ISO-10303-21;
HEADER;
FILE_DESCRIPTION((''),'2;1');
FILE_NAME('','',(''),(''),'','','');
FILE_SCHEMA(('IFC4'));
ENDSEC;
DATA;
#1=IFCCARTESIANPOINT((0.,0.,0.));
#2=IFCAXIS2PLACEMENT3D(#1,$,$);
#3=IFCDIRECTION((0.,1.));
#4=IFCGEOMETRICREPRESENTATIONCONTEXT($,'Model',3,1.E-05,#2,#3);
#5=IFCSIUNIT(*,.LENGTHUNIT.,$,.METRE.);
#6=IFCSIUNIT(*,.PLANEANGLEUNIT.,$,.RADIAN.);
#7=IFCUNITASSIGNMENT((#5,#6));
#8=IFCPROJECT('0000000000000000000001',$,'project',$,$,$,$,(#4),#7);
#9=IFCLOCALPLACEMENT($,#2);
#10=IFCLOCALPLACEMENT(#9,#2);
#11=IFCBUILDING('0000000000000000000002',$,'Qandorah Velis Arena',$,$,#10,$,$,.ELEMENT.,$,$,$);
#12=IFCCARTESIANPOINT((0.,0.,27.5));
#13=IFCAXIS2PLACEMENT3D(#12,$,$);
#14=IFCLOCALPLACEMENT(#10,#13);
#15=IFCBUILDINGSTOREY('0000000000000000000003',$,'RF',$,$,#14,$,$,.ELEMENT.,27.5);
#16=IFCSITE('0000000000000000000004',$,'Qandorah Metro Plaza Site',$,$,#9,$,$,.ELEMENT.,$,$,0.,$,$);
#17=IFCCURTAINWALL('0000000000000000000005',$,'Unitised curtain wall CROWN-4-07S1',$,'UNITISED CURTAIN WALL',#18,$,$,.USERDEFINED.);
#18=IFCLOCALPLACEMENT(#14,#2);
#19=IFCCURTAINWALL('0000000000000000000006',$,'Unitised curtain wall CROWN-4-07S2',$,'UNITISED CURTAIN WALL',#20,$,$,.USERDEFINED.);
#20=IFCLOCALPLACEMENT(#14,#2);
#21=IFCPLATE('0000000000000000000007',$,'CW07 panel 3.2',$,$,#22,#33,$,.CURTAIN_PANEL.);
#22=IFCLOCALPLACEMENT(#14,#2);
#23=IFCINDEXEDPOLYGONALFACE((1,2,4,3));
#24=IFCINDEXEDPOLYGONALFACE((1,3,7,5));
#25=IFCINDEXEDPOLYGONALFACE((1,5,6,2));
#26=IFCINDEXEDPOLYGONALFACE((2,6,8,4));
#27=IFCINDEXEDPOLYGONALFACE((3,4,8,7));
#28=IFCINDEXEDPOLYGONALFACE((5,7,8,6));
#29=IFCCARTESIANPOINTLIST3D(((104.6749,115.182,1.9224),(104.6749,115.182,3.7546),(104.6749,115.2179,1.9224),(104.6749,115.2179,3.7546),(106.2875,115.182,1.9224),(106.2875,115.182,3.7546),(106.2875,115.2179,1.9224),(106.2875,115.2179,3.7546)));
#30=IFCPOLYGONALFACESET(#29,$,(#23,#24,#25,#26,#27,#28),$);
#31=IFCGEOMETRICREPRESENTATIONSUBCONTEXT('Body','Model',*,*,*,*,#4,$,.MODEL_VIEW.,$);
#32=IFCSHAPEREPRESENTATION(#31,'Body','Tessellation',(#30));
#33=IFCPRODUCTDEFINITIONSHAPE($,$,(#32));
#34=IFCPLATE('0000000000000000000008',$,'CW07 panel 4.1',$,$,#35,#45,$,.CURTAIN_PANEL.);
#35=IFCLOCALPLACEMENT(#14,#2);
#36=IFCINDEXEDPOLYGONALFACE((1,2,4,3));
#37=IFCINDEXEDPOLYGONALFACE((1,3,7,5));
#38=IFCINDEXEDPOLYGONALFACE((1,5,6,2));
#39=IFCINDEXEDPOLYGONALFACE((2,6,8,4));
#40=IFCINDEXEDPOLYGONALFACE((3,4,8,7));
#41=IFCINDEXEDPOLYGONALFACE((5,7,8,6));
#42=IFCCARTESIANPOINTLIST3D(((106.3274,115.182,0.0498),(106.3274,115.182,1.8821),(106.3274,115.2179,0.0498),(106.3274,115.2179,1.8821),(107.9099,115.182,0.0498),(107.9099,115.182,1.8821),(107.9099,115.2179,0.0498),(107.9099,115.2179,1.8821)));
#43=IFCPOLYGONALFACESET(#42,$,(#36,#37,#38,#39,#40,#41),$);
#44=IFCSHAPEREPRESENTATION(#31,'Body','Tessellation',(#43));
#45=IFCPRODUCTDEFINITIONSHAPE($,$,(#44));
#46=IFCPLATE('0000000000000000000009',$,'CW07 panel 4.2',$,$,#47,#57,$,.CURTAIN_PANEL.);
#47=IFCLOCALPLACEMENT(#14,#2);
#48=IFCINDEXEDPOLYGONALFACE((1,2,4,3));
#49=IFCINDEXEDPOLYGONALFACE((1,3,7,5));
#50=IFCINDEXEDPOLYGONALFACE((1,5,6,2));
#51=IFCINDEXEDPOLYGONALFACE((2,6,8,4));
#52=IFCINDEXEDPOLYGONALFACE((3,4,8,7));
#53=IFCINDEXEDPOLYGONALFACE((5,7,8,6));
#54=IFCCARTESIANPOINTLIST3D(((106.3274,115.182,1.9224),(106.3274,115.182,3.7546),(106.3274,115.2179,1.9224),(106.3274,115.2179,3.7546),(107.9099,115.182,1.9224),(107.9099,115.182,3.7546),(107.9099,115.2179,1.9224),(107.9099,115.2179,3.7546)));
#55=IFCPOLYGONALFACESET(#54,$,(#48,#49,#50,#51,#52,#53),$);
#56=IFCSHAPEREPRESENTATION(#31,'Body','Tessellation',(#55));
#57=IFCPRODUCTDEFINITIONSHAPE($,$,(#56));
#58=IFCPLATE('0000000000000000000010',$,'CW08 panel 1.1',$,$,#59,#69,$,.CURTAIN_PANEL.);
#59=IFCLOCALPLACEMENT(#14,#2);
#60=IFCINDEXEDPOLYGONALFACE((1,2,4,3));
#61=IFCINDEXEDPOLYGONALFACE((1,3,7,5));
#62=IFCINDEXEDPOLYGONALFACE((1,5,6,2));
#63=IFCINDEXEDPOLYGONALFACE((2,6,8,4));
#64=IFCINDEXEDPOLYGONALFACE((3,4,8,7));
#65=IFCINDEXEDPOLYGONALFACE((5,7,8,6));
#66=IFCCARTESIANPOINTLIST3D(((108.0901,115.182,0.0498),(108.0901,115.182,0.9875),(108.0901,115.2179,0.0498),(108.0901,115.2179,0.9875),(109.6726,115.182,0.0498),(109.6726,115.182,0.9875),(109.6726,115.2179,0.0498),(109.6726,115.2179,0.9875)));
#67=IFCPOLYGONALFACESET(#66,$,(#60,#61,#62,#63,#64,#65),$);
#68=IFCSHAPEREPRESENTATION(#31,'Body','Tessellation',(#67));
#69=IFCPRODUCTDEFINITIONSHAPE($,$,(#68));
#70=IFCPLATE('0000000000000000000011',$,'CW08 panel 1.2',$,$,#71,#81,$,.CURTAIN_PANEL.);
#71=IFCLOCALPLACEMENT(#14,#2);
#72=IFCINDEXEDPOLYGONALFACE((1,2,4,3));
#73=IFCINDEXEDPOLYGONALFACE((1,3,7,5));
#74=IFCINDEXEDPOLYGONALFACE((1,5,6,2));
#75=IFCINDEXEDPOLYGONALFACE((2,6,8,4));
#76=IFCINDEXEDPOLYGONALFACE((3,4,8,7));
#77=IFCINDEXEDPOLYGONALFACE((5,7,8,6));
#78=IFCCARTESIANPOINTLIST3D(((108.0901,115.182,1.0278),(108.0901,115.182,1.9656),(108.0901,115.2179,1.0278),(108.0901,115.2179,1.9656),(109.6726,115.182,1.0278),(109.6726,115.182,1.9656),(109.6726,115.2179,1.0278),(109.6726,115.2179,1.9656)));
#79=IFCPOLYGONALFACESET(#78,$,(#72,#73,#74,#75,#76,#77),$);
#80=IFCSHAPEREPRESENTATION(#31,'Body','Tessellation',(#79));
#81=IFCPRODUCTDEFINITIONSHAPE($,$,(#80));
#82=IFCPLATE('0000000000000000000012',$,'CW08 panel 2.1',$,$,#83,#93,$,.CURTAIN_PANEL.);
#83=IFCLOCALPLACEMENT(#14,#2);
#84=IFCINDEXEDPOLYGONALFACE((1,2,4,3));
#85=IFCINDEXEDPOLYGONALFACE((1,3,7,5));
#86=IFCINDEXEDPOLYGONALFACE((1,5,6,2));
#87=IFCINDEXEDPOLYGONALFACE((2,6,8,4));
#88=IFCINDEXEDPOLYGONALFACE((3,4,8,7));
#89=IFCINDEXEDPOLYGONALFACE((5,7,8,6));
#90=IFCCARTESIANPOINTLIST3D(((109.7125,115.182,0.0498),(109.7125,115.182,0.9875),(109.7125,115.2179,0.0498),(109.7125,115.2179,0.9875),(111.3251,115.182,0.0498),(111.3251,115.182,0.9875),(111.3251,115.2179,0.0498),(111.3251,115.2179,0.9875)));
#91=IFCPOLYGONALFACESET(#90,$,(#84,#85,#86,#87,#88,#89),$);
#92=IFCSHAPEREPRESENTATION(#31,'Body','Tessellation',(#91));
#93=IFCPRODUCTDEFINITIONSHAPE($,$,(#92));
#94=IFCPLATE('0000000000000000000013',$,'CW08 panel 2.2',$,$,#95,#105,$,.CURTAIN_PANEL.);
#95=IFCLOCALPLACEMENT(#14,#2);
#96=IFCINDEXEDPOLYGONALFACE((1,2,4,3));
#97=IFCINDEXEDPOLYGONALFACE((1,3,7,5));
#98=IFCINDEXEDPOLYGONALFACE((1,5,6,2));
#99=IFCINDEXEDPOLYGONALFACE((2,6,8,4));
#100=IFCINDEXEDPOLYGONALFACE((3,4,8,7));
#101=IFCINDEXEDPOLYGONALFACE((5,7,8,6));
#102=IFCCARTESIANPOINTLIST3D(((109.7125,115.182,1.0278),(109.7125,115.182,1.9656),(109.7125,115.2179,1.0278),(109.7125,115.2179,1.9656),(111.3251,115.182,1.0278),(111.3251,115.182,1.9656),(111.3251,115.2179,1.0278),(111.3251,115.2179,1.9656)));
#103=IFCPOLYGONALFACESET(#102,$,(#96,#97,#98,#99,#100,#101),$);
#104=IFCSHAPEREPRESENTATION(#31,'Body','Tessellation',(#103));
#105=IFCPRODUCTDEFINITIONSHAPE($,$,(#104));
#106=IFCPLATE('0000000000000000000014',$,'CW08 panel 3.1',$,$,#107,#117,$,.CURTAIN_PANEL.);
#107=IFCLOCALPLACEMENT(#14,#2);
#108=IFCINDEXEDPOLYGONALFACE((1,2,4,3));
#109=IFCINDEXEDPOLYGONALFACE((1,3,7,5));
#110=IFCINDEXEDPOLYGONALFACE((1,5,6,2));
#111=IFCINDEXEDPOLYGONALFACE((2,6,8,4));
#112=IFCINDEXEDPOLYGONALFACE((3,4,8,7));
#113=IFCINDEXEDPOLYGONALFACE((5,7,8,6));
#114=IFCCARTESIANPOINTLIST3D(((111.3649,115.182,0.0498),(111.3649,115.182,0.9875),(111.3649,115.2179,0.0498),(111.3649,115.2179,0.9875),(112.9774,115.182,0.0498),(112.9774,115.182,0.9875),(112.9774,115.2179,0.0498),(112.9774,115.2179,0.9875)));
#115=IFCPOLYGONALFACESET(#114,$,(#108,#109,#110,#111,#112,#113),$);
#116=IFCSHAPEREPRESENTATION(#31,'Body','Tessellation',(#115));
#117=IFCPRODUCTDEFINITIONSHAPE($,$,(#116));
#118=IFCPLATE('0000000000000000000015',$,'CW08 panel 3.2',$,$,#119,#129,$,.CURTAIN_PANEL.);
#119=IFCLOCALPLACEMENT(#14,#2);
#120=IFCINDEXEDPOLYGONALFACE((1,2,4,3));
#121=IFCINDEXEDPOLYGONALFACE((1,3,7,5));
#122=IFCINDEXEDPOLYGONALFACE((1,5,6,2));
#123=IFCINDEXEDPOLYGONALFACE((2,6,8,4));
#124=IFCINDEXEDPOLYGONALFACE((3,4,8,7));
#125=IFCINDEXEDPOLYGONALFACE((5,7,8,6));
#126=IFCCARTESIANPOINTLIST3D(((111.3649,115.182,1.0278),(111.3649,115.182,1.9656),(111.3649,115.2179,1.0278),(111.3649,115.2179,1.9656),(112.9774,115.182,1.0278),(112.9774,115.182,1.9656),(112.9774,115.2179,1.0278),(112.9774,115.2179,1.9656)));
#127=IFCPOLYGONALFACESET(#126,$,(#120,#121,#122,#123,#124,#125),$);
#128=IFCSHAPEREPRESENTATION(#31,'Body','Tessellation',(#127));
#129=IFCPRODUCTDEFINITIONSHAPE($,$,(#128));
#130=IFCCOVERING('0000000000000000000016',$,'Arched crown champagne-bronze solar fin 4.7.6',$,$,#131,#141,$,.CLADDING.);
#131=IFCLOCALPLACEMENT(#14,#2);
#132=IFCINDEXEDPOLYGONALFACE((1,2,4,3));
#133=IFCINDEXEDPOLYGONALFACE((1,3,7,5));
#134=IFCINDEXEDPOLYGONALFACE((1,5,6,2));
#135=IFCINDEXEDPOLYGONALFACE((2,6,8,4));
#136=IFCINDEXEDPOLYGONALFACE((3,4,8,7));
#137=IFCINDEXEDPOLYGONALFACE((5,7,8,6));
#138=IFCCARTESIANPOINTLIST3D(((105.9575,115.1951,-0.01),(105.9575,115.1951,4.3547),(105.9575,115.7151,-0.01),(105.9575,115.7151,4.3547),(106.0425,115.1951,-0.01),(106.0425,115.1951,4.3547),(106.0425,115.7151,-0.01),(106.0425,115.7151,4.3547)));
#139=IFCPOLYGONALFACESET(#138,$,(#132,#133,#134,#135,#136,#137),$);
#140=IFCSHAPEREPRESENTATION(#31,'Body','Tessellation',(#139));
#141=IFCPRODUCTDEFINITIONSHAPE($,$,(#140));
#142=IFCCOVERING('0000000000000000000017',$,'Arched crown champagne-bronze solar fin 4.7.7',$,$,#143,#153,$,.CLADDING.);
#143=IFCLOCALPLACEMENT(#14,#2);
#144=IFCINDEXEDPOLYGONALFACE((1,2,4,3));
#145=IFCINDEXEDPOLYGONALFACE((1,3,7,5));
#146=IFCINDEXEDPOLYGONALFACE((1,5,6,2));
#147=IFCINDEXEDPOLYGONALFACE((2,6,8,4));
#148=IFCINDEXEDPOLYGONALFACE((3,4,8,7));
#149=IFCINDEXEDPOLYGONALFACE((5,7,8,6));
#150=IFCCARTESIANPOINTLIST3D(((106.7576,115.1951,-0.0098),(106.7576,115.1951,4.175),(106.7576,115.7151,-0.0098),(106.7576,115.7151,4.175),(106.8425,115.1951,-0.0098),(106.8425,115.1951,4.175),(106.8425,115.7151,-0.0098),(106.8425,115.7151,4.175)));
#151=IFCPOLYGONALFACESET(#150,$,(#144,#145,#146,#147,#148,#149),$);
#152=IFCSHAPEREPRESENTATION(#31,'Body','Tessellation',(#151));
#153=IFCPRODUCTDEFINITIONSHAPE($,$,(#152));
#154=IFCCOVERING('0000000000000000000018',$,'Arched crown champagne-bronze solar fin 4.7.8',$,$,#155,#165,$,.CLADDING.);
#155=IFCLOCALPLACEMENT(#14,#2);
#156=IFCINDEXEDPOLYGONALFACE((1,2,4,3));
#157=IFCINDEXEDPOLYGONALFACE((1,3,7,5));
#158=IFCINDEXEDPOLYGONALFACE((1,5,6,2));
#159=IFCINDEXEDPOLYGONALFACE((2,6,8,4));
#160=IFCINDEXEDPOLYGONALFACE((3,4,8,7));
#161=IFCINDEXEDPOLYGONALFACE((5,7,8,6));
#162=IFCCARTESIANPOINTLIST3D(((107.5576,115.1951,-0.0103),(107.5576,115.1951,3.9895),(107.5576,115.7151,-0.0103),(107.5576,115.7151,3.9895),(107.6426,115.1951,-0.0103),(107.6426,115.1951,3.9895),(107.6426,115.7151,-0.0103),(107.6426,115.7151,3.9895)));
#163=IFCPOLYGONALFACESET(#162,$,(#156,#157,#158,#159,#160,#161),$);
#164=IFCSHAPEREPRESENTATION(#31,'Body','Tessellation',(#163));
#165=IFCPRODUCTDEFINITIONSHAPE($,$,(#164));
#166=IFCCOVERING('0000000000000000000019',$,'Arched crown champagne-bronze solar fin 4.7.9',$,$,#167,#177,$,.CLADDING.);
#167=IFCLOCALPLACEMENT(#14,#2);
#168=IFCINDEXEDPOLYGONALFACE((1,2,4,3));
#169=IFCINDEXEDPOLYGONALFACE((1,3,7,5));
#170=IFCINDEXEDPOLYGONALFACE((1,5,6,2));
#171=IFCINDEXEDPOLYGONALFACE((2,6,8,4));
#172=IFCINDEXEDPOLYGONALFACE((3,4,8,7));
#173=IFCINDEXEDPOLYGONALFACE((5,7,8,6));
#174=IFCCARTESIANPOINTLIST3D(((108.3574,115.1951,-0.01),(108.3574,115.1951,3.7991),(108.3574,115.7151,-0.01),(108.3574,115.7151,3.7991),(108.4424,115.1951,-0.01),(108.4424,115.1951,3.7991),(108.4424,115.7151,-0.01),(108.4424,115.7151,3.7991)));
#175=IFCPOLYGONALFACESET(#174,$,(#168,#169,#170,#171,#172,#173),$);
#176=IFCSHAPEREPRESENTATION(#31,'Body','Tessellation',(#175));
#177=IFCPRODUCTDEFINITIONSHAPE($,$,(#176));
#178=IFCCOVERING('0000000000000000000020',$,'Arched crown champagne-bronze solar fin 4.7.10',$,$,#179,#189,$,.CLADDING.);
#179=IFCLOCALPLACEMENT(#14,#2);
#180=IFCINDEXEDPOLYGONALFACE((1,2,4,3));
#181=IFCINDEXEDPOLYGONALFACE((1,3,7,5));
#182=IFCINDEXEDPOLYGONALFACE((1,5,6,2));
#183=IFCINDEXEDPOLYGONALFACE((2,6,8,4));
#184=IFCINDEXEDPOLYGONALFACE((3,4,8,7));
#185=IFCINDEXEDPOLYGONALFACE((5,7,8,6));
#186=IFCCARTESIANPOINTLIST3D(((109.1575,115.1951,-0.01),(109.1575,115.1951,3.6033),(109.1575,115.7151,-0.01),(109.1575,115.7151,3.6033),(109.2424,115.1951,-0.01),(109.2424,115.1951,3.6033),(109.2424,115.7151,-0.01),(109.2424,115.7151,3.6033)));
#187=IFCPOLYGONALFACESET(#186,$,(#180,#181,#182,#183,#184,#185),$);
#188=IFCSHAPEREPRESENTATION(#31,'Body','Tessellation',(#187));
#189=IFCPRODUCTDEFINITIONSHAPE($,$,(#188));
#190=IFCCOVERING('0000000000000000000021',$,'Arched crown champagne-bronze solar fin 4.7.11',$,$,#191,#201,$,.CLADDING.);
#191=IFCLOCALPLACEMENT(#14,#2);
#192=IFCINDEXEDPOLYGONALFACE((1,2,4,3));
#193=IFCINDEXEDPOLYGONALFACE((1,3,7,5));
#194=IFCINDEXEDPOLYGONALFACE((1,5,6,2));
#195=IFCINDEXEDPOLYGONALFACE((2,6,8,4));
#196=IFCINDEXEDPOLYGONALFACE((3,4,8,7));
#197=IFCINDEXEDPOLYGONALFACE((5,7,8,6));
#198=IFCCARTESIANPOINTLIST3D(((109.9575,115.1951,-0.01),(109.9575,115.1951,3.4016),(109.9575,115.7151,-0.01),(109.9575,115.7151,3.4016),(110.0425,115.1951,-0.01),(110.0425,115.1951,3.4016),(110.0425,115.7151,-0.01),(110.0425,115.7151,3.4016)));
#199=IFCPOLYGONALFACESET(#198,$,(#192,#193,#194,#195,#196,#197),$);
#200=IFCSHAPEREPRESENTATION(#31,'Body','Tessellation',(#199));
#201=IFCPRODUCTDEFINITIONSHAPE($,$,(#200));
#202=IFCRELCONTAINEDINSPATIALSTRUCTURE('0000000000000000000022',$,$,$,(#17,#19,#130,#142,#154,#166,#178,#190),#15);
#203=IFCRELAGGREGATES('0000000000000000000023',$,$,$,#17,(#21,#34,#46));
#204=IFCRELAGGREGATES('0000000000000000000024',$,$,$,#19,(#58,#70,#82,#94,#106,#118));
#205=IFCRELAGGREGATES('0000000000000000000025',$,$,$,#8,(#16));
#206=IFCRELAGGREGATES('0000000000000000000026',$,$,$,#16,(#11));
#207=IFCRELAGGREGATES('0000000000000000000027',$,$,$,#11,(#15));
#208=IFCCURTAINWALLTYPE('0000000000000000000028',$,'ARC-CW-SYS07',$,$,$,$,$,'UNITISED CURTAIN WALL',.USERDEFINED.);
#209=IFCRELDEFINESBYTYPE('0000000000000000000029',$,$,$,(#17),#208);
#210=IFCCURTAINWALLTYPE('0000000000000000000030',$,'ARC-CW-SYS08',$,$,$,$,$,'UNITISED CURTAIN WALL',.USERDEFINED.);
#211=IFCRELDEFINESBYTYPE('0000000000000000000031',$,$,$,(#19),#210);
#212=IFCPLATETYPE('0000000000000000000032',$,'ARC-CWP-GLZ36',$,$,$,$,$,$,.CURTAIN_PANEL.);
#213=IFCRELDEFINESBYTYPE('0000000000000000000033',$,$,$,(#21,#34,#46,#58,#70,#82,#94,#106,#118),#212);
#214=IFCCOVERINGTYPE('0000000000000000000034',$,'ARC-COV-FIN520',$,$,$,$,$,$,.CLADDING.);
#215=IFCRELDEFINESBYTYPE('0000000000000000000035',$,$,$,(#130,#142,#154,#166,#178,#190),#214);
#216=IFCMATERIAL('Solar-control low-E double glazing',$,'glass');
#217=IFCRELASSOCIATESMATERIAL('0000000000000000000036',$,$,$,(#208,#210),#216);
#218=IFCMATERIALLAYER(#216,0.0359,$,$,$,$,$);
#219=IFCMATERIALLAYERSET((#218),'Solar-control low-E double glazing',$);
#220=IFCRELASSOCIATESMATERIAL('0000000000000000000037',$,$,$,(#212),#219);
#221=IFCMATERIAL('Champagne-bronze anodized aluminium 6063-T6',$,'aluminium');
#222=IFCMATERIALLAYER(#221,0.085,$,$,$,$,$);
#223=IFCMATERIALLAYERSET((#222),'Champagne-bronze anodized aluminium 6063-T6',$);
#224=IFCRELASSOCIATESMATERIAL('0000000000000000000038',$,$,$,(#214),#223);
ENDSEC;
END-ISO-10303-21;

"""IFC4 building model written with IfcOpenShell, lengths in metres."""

from ifc_helpers import new_model, si_unit, direction, frame, origin, origin_2d, place, context, subcontext, project, spatial, rectangle, extrude, material, layer, layer_set, type_object, element, aggregate, save


model = new_model("IFC4")

# Units and contexts
model_context = context("Model", 3, precision=1e-05, world=origin(), true_north=direction((0.0, 1.0)))
body_context = subcontext(model_context, "Body", "Model", "MODEL_VIEW")
ifc_project = project(units=[si_unit("LENGTHUNIT", "METRE"), si_unit("PLANEANGLEUNIT", "RADIAN")], contexts=[model_context])

# Site, building, storey
site_placement = place(None, origin())
site = spatial("IfcSite", under=ifc_project, at=site_placement, Name="Qandorah Metro Plaza Site", CompositionType="ELEMENT", RefElevation=0.0)
building_placement = place(site_placement, origin())
building = spatial("IfcBuilding", under=site, at=building_placement, Name="Qandorah Velis Arena", CompositionType="ELEMENT")
storey_placement = place(building_placement, frame((0.0, 0.0, 27.5)))
storey = spatial("IfcBuildingStorey", under=building, at=storey_placement, Name="RF", CompositionType="ELEMENT", Elevation=27.5)

# Curtain walls
ifc_material_1 = material(Name="Solar-control low-E double glazing", Category="glass")
curtain_wall_type_1 = type_object("IfcCurtainWallType", Name="ARC-CW-SYS07", ElementType="UNITISED CURTAIN WALL", PredefinedType="USERDEFINED", material=ifc_material_1)
curtain_wall_1_placement = place(storey_placement, origin())
curtain_wall_1 = element("IfcCurtainWall", 1, at=curtain_wall_1_placement, inside=storey, type_object=curtain_wall_type_1, Name="Unitised curtain wall CROWN-4-07S1", ObjectType="UNITISED CURTAIN WALL", PredefinedType="USERDEFINED")
ifc_material_2 = material(Name="Champagne-bronze anodized aluminium 6063-T6", Category="aluminium")
curtain_wall_type_2 = type_object("IfcCurtainWallType", Name="ARC-CW-SYS08", ElementType="UNITISED CURTAIN WALL", PredefinedType="USERDEFINED", material=ifc_material_1)
curtain_wall_2_placement = place(storey_placement, origin())
curtain_wall_2 = element("IfcCurtainWall", 2, at=curtain_wall_2_placement, inside=storey, type_object=curtain_wall_type_2, Name="Unitised curtain wall CROWN-4-07S2", ObjectType="UNITISED CURTAIN WALL", PredefinedType="USERDEFINED")

# Plates
ifc_layer_1 = layer(ifc_material_1, 0.0359)
ifc_layer_set_1 = layer_set([ifc_layer_1], Name="Solar-control low-E double glazing")
plate_type = type_object("IfcPlateType", Name="ARC-CWP-GLZ36", PredefinedType="CURTAIN_PANEL", material=ifc_layer_set_1)
plate_1_placement = place(storey_placement, frame((105.4812, 115.2, 1.9224), z_axis=(0.0, 0.0, 1.0), x_axis=(1.0, 0.0, 0.0)))
plate_1 = element("IfcPlate", 3, at=plate_1_placement, type_object=plate_type, Name="CW07 panel 3.2", PredefinedType="CURTAIN_PANEL", context=body_context, shape_type="SweptSolid", body=[
    extrude(rectangle(XDim=1.6125, YDim=0.0359, at=origin_2d()), origin(), (0.0, 0.0, 1.0), 1.8323),
])
plate_2_placement = place(storey_placement, frame((107.1187, 115.2, 0.0498), z_axis=(0.0, 0.0, 1.0), x_axis=(1.0, 0.0, 0.0)))
plate_2 = element("IfcPlate", 4, at=plate_2_placement, type_object=plate_type, Name="CW07 panel 4.1", PredefinedType="CURTAIN_PANEL", context=body_context, shape_type="SweptSolid", body=[
    extrude(rectangle(XDim=1.5825, YDim=0.0359, at=origin_2d()), origin(), (0.0, 0.0, 1.0), 1.8323),
])
plate_3_placement = place(storey_placement, frame((107.1187, 115.2, 1.9224), z_axis=(0.0, 0.0, 1.0), x_axis=(1.0, 0.0, 0.0)))
plate_3 = element("IfcPlate", 5, at=plate_3_placement, type_object=plate_type, Name="CW07 panel 4.2", PredefinedType="CURTAIN_PANEL", context=body_context, shape_type="SweptSolid", body=[
    extrude(rectangle(XDim=1.5825, YDim=0.0359, at=origin_2d()), origin(), (0.0, 0.0, 1.0), 1.8323),
])
aggregate(curtain_wall_1, [plate_1, plate_2, plate_3])
plate_4_placement = place(storey_placement, frame((108.8813, 115.2, 0.0498), z_axis=(0.0, 0.0, 1.0), x_axis=(1.0, 0.0, 0.0)))
plate_4 = element("IfcPlate", 6, at=plate_4_placement, type_object=plate_type, Name="CW08 panel 1.1", PredefinedType="CURTAIN_PANEL", context=body_context, shape_type="SweptSolid", body=[
    extrude(rectangle(XDim=1.5825, YDim=0.0359, at=origin_2d()), origin(), (0.0, 0.0, 1.0), 0.9377),
])
plate_5_placement = place(storey_placement, frame((108.8813, 115.2, 1.0278), z_axis=(0.0, 0.0, 1.0), x_axis=(1.0, 0.0, 0.0)))
plate_5 = element("IfcPlate", 7, at=plate_5_placement, type_object=plate_type, Name="CW08 panel 1.2", PredefinedType="CURTAIN_PANEL", context=body_context, shape_type="SweptSolid", body=[
    extrude(rectangle(XDim=1.5825, YDim=0.0359, at=origin_2d()), origin(), (0.0, 0.0, 1.0), 0.9377),
])
plate_6_placement = place(storey_placement, frame((110.5188, 115.2, 0.0498), z_axis=(0.0, 0.0, 1.0), x_axis=(1.0, 0.0, 0.0)))
plate_6 = element("IfcPlate", 8, at=plate_6_placement, type_object=plate_type, Name="CW08 panel 2.1", PredefinedType="CURTAIN_PANEL", context=body_context, shape_type="SweptSolid", body=[
    extrude(rectangle(XDim=1.6125, YDim=0.0359, at=origin_2d()), origin(), (0.0, 0.0, 1.0), 0.9377),
])
plate_7_placement = place(storey_placement, frame((110.5188, 115.2, 1.0278), z_axis=(0.0, 0.0, 1.0), x_axis=(1.0, 0.0, 0.0)))
plate_7 = element("IfcPlate", 9, at=plate_7_placement, type_object=plate_type, Name="CW08 panel 2.2", PredefinedType="CURTAIN_PANEL", context=body_context, shape_type="SweptSolid", body=[
    extrude(rectangle(XDim=1.6125, YDim=0.0359, at=origin_2d()), origin(), (0.0, 0.0, 1.0), 0.9377),
])
plate_8_placement = place(storey_placement, frame((112.1711, 115.2, 0.0498), z_axis=(0.0, 0.0, 1.0), x_axis=(1.0, 0.0, 0.0)))
plate_8 = element("IfcPlate", 10, at=plate_8_placement, type_object=plate_type, Name="CW08 panel 3.1", PredefinedType="CURTAIN_PANEL", context=body_context, shape_type="SweptSolid", body=[
    extrude(rectangle(XDim=1.6125, YDim=0.0359, at=origin_2d()), origin(), (0.0, 0.0, 1.0), 0.9377),
])
plate_9_placement = place(storey_placement, frame((112.1711, 115.2, 1.0278), z_axis=(0.0, 0.0, 1.0), x_axis=(1.0, 0.0, 0.0)))
plate_9 = element("IfcPlate", 11, at=plate_9_placement, type_object=plate_type, Name="CW08 panel 3.2", PredefinedType="CURTAIN_PANEL", context=body_context, shape_type="SweptSolid", body=[
    extrude(rectangle(XDim=1.6125, YDim=0.0359, at=origin_2d()), origin(), (0.0, 0.0, 1.0), 0.9377),
])
aggregate(curtain_wall_2, [plate_4, plate_5, plate_6, plate_7, plate_8, plate_9])

# Coverings
ifc_layer_2 = layer(ifc_material_2, 0.085)
ifc_layer_set_2 = layer_set([ifc_layer_2], Name="Champagne-bronze anodized aluminium 6063-T6")
covering_type = type_object("IfcCoveringType", Name="ARC-COV-FIN520", PredefinedType="CLADDING", material=ifc_layer_set_2)
covering_1_placement = place(storey_placement, frame((106.0, 115.4551, -0.01), z_axis=(0.0, 0.0, 1.0), x_axis=(1.0, 0.0, 0.0)))
element("IfcCovering", 12, at=covering_1_placement, inside=storey, type_object=covering_type, Name="Arched crown champagne-bronze solar fin 4.7.6", PredefinedType="CLADDING", context=body_context, shape_type="SweptSolid", body=[
    extrude(rectangle(XDim=0.085, YDim=0.52, at=origin_2d()), origin(), (0.0, 0.0, 1.0), 4.3647),
])
covering_2_placement = place(storey_placement, frame((106.8, 115.4551, -0.0098), z_axis=(0.0, 0.0, 1.0), x_axis=(1.0, 0.0, 0.0)))
element("IfcCovering", 13, at=covering_2_placement, inside=storey, type_object=covering_type, Name="Arched crown champagne-bronze solar fin 4.7.7", PredefinedType="CLADDING", context=body_context, shape_type="SweptSolid", body=[
    extrude(rectangle(XDim=0.085, YDim=0.52, at=origin_2d()), origin(), (0.0, 0.0, 1.0), 4.1848),
])
covering_3_placement = place(storey_placement, frame((107.6001, 115.4551, -0.0103), z_axis=(0.0, 0.0, 1.0), x_axis=(1.0, 0.0, 0.0)))
element("IfcCovering", 14, at=covering_3_placement, inside=storey, type_object=covering_type, Name="Arched crown champagne-bronze solar fin 4.7.8", PredefinedType="CLADDING", context=body_context, shape_type="SweptSolid", body=[
    extrude(rectangle(XDim=0.085, YDim=0.52, at=origin_2d()), origin(), (0.0, 0.0, 1.0), 3.9998),
])
covering_4_placement = place(storey_placement, frame((108.3999, 115.4551, -0.01), z_axis=(0.0, 0.0, 1.0), x_axis=(1.0, 0.0, 0.0)))
element("IfcCovering", 15, at=covering_4_placement, inside=storey, type_object=covering_type, Name="Arched crown champagne-bronze solar fin 4.7.9", PredefinedType="CLADDING", context=body_context, shape_type="SweptSolid", body=[
    extrude(rectangle(XDim=0.085, YDim=0.52, at=origin_2d()), origin(), (0.0, 0.0, 1.0), 3.8091),
])
covering_5_placement = place(storey_placement, frame((109.2, 115.4551, -0.01), z_axis=(0.0, 0.0, 1.0), x_axis=(1.0, 0.0, 0.0)))
element("IfcCovering", 16, at=covering_5_placement, inside=storey, type_object=covering_type, Name="Arched crown champagne-bronze solar fin 4.7.10", PredefinedType="CLADDING", context=body_context, shape_type="SweptSolid", body=[
    extrude(rectangle(XDim=0.085, YDim=0.52, at=origin_2d()), origin(), (0.0, 0.0, 1.0), 3.6133),
])
covering_6_placement = place(storey_placement, frame((110.0, 115.4551, -0.01), z_axis=(0.0, 0.0, 1.0), x_axis=(1.0, 0.0, 0.0)))
element("IfcCovering", 17, at=covering_6_placement, inside=storey, type_object=covering_type, Name="Arched crown champagne-bronze solar fin 4.7.11", PredefinedType="CLADDING", context=body_context, shape_type="SweptSolid", body=[
    extrude(rectangle(XDim=0.085, YDim=0.52, at=origin_2d()), origin(), (0.0, 0.0, 1.0), 3.4116),
])

save(model, "model.ifc")
